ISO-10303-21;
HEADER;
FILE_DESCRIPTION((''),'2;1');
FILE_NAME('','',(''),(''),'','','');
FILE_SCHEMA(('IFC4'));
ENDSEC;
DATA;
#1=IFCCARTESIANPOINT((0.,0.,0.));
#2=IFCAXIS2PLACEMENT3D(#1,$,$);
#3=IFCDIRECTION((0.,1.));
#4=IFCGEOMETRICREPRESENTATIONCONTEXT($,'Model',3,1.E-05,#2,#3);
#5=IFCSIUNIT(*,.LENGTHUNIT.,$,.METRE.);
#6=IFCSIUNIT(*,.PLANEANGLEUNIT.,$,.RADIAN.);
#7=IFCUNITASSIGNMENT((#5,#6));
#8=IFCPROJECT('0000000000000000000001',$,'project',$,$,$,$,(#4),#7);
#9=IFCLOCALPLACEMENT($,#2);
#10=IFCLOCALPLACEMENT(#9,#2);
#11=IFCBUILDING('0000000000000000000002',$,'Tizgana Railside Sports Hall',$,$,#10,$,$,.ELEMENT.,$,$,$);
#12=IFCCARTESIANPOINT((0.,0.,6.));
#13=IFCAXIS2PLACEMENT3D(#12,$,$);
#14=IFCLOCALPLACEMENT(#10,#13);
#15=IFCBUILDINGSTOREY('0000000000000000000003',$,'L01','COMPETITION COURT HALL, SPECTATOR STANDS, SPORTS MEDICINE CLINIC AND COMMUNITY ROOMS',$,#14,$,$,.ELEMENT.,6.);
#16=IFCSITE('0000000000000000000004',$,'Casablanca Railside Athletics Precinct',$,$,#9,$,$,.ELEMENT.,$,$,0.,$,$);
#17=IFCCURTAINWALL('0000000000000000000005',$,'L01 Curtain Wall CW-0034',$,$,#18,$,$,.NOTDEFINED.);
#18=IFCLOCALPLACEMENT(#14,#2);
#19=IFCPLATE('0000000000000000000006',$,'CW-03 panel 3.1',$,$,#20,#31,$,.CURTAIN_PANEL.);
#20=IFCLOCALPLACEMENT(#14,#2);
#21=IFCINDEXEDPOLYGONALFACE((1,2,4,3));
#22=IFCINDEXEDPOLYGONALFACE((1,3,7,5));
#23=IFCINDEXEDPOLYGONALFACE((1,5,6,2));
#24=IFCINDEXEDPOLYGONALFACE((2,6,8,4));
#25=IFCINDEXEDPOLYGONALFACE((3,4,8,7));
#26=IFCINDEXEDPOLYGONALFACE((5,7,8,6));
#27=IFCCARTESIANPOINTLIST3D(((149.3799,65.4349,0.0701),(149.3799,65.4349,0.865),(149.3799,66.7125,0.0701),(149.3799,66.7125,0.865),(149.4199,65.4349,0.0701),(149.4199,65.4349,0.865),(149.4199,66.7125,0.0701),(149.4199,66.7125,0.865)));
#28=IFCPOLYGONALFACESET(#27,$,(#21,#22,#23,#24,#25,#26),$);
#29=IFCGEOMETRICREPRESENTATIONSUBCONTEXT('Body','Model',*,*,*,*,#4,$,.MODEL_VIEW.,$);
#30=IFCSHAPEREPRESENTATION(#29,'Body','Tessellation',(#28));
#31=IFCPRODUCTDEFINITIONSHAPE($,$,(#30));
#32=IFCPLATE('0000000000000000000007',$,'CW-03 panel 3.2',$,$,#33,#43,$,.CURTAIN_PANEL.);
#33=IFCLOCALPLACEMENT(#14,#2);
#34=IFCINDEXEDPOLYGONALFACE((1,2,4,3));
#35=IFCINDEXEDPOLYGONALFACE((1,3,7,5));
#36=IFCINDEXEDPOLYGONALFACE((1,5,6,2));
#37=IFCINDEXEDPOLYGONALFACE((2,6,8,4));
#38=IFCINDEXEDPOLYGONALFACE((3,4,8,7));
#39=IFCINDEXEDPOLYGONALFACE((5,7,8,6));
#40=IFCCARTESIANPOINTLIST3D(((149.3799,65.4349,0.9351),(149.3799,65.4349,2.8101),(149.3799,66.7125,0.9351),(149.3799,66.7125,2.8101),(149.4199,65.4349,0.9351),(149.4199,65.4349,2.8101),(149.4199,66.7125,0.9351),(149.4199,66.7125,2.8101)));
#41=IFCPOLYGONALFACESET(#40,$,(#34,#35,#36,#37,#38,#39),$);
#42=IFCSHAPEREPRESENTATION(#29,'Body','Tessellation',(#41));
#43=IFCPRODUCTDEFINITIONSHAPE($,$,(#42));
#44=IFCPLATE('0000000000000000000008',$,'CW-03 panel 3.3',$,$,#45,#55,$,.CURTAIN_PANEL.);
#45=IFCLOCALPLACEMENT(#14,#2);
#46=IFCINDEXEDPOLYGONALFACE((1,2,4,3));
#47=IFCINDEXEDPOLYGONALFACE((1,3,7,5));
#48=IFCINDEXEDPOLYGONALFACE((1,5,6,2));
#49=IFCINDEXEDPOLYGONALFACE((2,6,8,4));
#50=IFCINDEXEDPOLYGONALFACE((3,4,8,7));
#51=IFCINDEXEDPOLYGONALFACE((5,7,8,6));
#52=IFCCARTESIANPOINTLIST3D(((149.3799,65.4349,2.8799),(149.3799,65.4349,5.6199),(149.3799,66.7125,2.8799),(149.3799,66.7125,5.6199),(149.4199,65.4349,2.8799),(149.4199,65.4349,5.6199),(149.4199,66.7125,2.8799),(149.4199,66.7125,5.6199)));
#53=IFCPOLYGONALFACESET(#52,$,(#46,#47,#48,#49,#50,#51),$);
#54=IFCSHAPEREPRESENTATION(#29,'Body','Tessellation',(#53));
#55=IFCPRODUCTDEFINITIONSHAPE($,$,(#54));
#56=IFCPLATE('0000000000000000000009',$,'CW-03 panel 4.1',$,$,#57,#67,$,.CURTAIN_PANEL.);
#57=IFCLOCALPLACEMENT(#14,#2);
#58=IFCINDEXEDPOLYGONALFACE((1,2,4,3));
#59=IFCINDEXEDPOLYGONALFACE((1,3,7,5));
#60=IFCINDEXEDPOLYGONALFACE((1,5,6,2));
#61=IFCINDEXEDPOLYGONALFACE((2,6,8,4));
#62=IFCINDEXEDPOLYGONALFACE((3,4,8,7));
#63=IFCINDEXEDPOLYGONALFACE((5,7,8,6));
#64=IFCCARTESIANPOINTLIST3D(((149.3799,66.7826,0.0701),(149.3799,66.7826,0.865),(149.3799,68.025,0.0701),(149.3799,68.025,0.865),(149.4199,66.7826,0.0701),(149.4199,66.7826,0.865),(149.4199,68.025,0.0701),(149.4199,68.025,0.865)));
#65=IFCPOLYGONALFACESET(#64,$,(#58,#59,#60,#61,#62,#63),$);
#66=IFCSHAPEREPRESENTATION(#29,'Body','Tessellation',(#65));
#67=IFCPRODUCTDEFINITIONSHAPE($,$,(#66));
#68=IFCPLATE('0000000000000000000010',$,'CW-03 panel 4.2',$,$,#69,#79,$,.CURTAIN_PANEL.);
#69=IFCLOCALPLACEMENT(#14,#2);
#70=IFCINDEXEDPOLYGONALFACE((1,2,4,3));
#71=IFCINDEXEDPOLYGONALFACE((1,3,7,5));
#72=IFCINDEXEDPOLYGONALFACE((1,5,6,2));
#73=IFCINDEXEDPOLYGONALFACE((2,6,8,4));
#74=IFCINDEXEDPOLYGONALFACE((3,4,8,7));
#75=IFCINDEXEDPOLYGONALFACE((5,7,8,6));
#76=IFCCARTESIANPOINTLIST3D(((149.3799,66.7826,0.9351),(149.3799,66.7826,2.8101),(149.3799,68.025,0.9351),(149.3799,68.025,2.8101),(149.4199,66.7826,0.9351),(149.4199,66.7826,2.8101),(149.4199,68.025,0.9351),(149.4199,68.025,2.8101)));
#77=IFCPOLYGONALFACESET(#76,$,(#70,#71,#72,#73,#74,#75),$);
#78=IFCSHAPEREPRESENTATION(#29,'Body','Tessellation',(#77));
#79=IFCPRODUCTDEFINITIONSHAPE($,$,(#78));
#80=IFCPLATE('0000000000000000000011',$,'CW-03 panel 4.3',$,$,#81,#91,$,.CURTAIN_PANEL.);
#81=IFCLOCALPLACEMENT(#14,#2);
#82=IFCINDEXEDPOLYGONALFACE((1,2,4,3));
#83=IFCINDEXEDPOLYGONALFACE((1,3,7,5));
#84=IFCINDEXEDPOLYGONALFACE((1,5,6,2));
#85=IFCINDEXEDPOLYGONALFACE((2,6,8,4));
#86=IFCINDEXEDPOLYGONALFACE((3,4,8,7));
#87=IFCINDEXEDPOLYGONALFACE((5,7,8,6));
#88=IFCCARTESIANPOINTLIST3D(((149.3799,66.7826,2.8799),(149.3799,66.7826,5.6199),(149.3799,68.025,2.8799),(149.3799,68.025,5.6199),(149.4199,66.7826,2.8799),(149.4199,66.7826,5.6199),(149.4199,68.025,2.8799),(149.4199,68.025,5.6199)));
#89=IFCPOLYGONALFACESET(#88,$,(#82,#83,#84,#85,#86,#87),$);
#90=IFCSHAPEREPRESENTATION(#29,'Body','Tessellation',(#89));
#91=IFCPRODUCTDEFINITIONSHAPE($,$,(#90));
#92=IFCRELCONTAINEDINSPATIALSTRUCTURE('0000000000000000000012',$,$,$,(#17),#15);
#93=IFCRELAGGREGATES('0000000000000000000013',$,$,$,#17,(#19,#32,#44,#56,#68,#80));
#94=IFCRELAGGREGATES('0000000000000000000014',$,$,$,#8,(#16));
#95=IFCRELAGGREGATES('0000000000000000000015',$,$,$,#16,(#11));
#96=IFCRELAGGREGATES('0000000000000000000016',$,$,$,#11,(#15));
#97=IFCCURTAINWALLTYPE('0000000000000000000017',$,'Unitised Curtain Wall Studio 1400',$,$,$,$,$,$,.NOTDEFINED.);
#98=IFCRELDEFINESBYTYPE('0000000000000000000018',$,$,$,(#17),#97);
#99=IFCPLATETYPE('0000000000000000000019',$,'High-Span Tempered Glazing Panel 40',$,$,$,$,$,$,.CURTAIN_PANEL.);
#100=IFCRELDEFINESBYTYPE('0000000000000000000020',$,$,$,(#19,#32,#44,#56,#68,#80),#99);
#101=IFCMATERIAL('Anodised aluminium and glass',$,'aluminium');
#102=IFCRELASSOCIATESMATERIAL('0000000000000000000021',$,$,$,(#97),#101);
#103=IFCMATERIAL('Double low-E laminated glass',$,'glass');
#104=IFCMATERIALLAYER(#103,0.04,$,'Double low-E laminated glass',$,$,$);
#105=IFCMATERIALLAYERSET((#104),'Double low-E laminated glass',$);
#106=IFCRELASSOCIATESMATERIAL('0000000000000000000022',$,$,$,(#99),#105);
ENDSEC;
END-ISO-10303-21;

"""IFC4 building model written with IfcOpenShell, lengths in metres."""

from ifc_helpers import new_model, si_unit, direction, frame, origin, origin_2d, place, context, subcontext, project, spatial, rectangle, extrude, material, layer, layer_set, type_object, element, aggregate, save


model = new_model("IFC4")

# Units and contexts
model_context = context("Model", 3, precision=1e-05, world=origin(), true_north=direction((0.0, 1.0)))
body_context = subcontext(model_context, "Body", "Model", "MODEL_VIEW")
ifc_project = project(units=[si_unit("LENGTHUNIT", "METRE"), si_unit("PLANEANGLEUNIT", "RADIAN")], contexts=[model_context])

# Site, building, storey
site_placement = place(None, origin())
site = spatial("IfcSite", under=ifc_project, at=site_placement, Name="Casablanca Railside Athletics Precinct", CompositionType="ELEMENT", RefElevation=0.0)
building_placement = place(site_placement, origin())
building = spatial("IfcBuilding", under=site, at=building_placement, Name="Tizgana Railside Sports Hall", CompositionType="ELEMENT")
storey_placement = place(building_placement, frame((0.0, 0.0, 6.0)))
storey = spatial("IfcBuildingStorey", under=building, at=storey_placement, Name="L01", Description="COMPETITION COURT HALL, SPECTATOR STANDS, SPORTS MEDICINE CLINIC AND COMMUNITY ROOMS", CompositionType="ELEMENT", Elevation=6.0)

# Shared definitions
ifc_material_1 = material(Name="Anodised aluminium and glass", Category="aluminium")

# Curtain wall, plates
curtain_wall_type_1 = type_object("IfcCurtainWallType", Name="Unitised Curtain Wall Studio 1400", PredefinedType="NOTDEFINED", material=ifc_material_1)
curtain_wall_1_placement = place(storey_placement, origin())
curtain_wall_1 = element("IfcCurtainWall", 1, at=curtain_wall_1_placement, inside=storey, type_object=curtain_wall_type_1, Name="L01 Curtain Wall CW-0034", PredefinedType="NOTDEFINED")
ifc_material_2 = material(Name="Double low-E laminated glass", Category="glass")
ifc_layer = layer(ifc_material_2, 0.04, Name="Double low-E laminated glass")
ifc_layer_set = layer_set([ifc_layer], Name="Double low-E laminated glass")
plate_type = type_object("IfcPlateType", Name="High-Span Tempered Glazing Panel 40", PredefinedType="CURTAIN_PANEL", material=ifc_layer_set)
plate_1_placement = place(storey_placement, frame((149.3999, 66.0737, 0.0701), z_axis=(0.0, 0.0, 1.0), x_axis=(0.0, 1.0, 0.0)))
plate_1 = element("IfcPlate", 2, at=plate_1_placement, type_object=plate_type, Name="CW-03 panel 3.1", PredefinedType="CURTAIN_PANEL", context=body_context, shape_type="SweptSolid", body=[
    extrude(rectangle(XDim=1.2776, YDim=0.04, at=origin_2d()), origin(), (0.0, 0.0, 1.0), 0.7949),
])
plate_2_placement = place(storey_placement, frame((149.3999, 66.0737, 0.9351), z_axis=(0.0, 0.0, 1.0), x_axis=(0.0, 1.0, 0.0)))
plate_2 = element("IfcPlate", 3, at=plate_2_placement, type_object=plate_type, Name="CW-03 panel 3.2", PredefinedType="CURTAIN_PANEL", context=body_context, shape_type="SweptSolid", body=[
    extrude(rectangle(XDim=1.2776, YDim=0.04, at=origin_2d()), origin(), (0.0, 0.0, 1.0), 1.875),
])
plate_3_placement = place(storey_placement, frame((149.3999, 66.0737, 2.8799), z_axis=(0.0, 0.0, 1.0), x_axis=(0.0, 1.0, 0.0)))
plate_3 = element("IfcPlate", 4, at=plate_3_placement, type_object=plate_type, Name="CW-03 panel 3.3", PredefinedType="CURTAIN_PANEL", context=body_context, shape_type="SweptSolid", body=[
    extrude(rectangle(XDim=1.2776, YDim=0.04, at=origin_2d()), origin(), (0.0, 0.0, 1.0), 2.74),
])
plate_4_placement = place(storey_placement, frame((149.3999, 67.4038, 0.0701), z_axis=(0.0, 0.0, 1.0), x_axis=(0.0, 1.0, 0.0)))
plate_4 = element("IfcPlate", 5, at=plate_4_placement, type_object=plate_type, Name="CW-03 panel 4.1", PredefinedType="CURTAIN_PANEL", context=body_context, shape_type="SweptSolid", body=[
    extrude(rectangle(XDim=1.2424, YDim=0.04, at=origin_2d()), origin(), (0.0, 0.0, 1.0), 0.7949),
])
plate_5_placement = place(storey_placement, frame((149.3999, 67.4038, 0.9351), z_axis=(0.0, 0.0, 1.0), x_axis=(0.0, 1.0, 0.0)))
plate_5 = element("IfcPlate", 6, at=plate_5_placement, type_object=plate_type, Name="CW-03 panel 4.2", PredefinedType="CURTAIN_PANEL", context=body_context, shape_type="SweptSolid", body=[
    extrude(rectangle(XDim=1.2424, YDim=0.04, at=origin_2d()), origin(), (0.0, 0.0, 1.0), 1.875),
])
plate_6_placement = place(storey_placement, frame((149.3999, 67.4038, 2.8799), z_axis=(0.0, 0.0, 1.0), x_axis=(0.0, 1.0, 0.0)))
plate_6 = element("IfcPlate", 7, at=plate_6_placement, type_object=plate_type, Name="CW-03 panel 4.3", PredefinedType="CURTAIN_PANEL", context=body_context, shape_type="SweptSolid", body=[
    extrude(rectangle(XDim=1.2424, YDim=0.04, at=origin_2d()), origin(), (0.0, 0.0, 1.0), 2.74),
])
aggregate(curtain_wall_1, [plate_1, plate_2, plate_3, plate_4, plate_5, plate_6])

save(model, "model.ifc")
